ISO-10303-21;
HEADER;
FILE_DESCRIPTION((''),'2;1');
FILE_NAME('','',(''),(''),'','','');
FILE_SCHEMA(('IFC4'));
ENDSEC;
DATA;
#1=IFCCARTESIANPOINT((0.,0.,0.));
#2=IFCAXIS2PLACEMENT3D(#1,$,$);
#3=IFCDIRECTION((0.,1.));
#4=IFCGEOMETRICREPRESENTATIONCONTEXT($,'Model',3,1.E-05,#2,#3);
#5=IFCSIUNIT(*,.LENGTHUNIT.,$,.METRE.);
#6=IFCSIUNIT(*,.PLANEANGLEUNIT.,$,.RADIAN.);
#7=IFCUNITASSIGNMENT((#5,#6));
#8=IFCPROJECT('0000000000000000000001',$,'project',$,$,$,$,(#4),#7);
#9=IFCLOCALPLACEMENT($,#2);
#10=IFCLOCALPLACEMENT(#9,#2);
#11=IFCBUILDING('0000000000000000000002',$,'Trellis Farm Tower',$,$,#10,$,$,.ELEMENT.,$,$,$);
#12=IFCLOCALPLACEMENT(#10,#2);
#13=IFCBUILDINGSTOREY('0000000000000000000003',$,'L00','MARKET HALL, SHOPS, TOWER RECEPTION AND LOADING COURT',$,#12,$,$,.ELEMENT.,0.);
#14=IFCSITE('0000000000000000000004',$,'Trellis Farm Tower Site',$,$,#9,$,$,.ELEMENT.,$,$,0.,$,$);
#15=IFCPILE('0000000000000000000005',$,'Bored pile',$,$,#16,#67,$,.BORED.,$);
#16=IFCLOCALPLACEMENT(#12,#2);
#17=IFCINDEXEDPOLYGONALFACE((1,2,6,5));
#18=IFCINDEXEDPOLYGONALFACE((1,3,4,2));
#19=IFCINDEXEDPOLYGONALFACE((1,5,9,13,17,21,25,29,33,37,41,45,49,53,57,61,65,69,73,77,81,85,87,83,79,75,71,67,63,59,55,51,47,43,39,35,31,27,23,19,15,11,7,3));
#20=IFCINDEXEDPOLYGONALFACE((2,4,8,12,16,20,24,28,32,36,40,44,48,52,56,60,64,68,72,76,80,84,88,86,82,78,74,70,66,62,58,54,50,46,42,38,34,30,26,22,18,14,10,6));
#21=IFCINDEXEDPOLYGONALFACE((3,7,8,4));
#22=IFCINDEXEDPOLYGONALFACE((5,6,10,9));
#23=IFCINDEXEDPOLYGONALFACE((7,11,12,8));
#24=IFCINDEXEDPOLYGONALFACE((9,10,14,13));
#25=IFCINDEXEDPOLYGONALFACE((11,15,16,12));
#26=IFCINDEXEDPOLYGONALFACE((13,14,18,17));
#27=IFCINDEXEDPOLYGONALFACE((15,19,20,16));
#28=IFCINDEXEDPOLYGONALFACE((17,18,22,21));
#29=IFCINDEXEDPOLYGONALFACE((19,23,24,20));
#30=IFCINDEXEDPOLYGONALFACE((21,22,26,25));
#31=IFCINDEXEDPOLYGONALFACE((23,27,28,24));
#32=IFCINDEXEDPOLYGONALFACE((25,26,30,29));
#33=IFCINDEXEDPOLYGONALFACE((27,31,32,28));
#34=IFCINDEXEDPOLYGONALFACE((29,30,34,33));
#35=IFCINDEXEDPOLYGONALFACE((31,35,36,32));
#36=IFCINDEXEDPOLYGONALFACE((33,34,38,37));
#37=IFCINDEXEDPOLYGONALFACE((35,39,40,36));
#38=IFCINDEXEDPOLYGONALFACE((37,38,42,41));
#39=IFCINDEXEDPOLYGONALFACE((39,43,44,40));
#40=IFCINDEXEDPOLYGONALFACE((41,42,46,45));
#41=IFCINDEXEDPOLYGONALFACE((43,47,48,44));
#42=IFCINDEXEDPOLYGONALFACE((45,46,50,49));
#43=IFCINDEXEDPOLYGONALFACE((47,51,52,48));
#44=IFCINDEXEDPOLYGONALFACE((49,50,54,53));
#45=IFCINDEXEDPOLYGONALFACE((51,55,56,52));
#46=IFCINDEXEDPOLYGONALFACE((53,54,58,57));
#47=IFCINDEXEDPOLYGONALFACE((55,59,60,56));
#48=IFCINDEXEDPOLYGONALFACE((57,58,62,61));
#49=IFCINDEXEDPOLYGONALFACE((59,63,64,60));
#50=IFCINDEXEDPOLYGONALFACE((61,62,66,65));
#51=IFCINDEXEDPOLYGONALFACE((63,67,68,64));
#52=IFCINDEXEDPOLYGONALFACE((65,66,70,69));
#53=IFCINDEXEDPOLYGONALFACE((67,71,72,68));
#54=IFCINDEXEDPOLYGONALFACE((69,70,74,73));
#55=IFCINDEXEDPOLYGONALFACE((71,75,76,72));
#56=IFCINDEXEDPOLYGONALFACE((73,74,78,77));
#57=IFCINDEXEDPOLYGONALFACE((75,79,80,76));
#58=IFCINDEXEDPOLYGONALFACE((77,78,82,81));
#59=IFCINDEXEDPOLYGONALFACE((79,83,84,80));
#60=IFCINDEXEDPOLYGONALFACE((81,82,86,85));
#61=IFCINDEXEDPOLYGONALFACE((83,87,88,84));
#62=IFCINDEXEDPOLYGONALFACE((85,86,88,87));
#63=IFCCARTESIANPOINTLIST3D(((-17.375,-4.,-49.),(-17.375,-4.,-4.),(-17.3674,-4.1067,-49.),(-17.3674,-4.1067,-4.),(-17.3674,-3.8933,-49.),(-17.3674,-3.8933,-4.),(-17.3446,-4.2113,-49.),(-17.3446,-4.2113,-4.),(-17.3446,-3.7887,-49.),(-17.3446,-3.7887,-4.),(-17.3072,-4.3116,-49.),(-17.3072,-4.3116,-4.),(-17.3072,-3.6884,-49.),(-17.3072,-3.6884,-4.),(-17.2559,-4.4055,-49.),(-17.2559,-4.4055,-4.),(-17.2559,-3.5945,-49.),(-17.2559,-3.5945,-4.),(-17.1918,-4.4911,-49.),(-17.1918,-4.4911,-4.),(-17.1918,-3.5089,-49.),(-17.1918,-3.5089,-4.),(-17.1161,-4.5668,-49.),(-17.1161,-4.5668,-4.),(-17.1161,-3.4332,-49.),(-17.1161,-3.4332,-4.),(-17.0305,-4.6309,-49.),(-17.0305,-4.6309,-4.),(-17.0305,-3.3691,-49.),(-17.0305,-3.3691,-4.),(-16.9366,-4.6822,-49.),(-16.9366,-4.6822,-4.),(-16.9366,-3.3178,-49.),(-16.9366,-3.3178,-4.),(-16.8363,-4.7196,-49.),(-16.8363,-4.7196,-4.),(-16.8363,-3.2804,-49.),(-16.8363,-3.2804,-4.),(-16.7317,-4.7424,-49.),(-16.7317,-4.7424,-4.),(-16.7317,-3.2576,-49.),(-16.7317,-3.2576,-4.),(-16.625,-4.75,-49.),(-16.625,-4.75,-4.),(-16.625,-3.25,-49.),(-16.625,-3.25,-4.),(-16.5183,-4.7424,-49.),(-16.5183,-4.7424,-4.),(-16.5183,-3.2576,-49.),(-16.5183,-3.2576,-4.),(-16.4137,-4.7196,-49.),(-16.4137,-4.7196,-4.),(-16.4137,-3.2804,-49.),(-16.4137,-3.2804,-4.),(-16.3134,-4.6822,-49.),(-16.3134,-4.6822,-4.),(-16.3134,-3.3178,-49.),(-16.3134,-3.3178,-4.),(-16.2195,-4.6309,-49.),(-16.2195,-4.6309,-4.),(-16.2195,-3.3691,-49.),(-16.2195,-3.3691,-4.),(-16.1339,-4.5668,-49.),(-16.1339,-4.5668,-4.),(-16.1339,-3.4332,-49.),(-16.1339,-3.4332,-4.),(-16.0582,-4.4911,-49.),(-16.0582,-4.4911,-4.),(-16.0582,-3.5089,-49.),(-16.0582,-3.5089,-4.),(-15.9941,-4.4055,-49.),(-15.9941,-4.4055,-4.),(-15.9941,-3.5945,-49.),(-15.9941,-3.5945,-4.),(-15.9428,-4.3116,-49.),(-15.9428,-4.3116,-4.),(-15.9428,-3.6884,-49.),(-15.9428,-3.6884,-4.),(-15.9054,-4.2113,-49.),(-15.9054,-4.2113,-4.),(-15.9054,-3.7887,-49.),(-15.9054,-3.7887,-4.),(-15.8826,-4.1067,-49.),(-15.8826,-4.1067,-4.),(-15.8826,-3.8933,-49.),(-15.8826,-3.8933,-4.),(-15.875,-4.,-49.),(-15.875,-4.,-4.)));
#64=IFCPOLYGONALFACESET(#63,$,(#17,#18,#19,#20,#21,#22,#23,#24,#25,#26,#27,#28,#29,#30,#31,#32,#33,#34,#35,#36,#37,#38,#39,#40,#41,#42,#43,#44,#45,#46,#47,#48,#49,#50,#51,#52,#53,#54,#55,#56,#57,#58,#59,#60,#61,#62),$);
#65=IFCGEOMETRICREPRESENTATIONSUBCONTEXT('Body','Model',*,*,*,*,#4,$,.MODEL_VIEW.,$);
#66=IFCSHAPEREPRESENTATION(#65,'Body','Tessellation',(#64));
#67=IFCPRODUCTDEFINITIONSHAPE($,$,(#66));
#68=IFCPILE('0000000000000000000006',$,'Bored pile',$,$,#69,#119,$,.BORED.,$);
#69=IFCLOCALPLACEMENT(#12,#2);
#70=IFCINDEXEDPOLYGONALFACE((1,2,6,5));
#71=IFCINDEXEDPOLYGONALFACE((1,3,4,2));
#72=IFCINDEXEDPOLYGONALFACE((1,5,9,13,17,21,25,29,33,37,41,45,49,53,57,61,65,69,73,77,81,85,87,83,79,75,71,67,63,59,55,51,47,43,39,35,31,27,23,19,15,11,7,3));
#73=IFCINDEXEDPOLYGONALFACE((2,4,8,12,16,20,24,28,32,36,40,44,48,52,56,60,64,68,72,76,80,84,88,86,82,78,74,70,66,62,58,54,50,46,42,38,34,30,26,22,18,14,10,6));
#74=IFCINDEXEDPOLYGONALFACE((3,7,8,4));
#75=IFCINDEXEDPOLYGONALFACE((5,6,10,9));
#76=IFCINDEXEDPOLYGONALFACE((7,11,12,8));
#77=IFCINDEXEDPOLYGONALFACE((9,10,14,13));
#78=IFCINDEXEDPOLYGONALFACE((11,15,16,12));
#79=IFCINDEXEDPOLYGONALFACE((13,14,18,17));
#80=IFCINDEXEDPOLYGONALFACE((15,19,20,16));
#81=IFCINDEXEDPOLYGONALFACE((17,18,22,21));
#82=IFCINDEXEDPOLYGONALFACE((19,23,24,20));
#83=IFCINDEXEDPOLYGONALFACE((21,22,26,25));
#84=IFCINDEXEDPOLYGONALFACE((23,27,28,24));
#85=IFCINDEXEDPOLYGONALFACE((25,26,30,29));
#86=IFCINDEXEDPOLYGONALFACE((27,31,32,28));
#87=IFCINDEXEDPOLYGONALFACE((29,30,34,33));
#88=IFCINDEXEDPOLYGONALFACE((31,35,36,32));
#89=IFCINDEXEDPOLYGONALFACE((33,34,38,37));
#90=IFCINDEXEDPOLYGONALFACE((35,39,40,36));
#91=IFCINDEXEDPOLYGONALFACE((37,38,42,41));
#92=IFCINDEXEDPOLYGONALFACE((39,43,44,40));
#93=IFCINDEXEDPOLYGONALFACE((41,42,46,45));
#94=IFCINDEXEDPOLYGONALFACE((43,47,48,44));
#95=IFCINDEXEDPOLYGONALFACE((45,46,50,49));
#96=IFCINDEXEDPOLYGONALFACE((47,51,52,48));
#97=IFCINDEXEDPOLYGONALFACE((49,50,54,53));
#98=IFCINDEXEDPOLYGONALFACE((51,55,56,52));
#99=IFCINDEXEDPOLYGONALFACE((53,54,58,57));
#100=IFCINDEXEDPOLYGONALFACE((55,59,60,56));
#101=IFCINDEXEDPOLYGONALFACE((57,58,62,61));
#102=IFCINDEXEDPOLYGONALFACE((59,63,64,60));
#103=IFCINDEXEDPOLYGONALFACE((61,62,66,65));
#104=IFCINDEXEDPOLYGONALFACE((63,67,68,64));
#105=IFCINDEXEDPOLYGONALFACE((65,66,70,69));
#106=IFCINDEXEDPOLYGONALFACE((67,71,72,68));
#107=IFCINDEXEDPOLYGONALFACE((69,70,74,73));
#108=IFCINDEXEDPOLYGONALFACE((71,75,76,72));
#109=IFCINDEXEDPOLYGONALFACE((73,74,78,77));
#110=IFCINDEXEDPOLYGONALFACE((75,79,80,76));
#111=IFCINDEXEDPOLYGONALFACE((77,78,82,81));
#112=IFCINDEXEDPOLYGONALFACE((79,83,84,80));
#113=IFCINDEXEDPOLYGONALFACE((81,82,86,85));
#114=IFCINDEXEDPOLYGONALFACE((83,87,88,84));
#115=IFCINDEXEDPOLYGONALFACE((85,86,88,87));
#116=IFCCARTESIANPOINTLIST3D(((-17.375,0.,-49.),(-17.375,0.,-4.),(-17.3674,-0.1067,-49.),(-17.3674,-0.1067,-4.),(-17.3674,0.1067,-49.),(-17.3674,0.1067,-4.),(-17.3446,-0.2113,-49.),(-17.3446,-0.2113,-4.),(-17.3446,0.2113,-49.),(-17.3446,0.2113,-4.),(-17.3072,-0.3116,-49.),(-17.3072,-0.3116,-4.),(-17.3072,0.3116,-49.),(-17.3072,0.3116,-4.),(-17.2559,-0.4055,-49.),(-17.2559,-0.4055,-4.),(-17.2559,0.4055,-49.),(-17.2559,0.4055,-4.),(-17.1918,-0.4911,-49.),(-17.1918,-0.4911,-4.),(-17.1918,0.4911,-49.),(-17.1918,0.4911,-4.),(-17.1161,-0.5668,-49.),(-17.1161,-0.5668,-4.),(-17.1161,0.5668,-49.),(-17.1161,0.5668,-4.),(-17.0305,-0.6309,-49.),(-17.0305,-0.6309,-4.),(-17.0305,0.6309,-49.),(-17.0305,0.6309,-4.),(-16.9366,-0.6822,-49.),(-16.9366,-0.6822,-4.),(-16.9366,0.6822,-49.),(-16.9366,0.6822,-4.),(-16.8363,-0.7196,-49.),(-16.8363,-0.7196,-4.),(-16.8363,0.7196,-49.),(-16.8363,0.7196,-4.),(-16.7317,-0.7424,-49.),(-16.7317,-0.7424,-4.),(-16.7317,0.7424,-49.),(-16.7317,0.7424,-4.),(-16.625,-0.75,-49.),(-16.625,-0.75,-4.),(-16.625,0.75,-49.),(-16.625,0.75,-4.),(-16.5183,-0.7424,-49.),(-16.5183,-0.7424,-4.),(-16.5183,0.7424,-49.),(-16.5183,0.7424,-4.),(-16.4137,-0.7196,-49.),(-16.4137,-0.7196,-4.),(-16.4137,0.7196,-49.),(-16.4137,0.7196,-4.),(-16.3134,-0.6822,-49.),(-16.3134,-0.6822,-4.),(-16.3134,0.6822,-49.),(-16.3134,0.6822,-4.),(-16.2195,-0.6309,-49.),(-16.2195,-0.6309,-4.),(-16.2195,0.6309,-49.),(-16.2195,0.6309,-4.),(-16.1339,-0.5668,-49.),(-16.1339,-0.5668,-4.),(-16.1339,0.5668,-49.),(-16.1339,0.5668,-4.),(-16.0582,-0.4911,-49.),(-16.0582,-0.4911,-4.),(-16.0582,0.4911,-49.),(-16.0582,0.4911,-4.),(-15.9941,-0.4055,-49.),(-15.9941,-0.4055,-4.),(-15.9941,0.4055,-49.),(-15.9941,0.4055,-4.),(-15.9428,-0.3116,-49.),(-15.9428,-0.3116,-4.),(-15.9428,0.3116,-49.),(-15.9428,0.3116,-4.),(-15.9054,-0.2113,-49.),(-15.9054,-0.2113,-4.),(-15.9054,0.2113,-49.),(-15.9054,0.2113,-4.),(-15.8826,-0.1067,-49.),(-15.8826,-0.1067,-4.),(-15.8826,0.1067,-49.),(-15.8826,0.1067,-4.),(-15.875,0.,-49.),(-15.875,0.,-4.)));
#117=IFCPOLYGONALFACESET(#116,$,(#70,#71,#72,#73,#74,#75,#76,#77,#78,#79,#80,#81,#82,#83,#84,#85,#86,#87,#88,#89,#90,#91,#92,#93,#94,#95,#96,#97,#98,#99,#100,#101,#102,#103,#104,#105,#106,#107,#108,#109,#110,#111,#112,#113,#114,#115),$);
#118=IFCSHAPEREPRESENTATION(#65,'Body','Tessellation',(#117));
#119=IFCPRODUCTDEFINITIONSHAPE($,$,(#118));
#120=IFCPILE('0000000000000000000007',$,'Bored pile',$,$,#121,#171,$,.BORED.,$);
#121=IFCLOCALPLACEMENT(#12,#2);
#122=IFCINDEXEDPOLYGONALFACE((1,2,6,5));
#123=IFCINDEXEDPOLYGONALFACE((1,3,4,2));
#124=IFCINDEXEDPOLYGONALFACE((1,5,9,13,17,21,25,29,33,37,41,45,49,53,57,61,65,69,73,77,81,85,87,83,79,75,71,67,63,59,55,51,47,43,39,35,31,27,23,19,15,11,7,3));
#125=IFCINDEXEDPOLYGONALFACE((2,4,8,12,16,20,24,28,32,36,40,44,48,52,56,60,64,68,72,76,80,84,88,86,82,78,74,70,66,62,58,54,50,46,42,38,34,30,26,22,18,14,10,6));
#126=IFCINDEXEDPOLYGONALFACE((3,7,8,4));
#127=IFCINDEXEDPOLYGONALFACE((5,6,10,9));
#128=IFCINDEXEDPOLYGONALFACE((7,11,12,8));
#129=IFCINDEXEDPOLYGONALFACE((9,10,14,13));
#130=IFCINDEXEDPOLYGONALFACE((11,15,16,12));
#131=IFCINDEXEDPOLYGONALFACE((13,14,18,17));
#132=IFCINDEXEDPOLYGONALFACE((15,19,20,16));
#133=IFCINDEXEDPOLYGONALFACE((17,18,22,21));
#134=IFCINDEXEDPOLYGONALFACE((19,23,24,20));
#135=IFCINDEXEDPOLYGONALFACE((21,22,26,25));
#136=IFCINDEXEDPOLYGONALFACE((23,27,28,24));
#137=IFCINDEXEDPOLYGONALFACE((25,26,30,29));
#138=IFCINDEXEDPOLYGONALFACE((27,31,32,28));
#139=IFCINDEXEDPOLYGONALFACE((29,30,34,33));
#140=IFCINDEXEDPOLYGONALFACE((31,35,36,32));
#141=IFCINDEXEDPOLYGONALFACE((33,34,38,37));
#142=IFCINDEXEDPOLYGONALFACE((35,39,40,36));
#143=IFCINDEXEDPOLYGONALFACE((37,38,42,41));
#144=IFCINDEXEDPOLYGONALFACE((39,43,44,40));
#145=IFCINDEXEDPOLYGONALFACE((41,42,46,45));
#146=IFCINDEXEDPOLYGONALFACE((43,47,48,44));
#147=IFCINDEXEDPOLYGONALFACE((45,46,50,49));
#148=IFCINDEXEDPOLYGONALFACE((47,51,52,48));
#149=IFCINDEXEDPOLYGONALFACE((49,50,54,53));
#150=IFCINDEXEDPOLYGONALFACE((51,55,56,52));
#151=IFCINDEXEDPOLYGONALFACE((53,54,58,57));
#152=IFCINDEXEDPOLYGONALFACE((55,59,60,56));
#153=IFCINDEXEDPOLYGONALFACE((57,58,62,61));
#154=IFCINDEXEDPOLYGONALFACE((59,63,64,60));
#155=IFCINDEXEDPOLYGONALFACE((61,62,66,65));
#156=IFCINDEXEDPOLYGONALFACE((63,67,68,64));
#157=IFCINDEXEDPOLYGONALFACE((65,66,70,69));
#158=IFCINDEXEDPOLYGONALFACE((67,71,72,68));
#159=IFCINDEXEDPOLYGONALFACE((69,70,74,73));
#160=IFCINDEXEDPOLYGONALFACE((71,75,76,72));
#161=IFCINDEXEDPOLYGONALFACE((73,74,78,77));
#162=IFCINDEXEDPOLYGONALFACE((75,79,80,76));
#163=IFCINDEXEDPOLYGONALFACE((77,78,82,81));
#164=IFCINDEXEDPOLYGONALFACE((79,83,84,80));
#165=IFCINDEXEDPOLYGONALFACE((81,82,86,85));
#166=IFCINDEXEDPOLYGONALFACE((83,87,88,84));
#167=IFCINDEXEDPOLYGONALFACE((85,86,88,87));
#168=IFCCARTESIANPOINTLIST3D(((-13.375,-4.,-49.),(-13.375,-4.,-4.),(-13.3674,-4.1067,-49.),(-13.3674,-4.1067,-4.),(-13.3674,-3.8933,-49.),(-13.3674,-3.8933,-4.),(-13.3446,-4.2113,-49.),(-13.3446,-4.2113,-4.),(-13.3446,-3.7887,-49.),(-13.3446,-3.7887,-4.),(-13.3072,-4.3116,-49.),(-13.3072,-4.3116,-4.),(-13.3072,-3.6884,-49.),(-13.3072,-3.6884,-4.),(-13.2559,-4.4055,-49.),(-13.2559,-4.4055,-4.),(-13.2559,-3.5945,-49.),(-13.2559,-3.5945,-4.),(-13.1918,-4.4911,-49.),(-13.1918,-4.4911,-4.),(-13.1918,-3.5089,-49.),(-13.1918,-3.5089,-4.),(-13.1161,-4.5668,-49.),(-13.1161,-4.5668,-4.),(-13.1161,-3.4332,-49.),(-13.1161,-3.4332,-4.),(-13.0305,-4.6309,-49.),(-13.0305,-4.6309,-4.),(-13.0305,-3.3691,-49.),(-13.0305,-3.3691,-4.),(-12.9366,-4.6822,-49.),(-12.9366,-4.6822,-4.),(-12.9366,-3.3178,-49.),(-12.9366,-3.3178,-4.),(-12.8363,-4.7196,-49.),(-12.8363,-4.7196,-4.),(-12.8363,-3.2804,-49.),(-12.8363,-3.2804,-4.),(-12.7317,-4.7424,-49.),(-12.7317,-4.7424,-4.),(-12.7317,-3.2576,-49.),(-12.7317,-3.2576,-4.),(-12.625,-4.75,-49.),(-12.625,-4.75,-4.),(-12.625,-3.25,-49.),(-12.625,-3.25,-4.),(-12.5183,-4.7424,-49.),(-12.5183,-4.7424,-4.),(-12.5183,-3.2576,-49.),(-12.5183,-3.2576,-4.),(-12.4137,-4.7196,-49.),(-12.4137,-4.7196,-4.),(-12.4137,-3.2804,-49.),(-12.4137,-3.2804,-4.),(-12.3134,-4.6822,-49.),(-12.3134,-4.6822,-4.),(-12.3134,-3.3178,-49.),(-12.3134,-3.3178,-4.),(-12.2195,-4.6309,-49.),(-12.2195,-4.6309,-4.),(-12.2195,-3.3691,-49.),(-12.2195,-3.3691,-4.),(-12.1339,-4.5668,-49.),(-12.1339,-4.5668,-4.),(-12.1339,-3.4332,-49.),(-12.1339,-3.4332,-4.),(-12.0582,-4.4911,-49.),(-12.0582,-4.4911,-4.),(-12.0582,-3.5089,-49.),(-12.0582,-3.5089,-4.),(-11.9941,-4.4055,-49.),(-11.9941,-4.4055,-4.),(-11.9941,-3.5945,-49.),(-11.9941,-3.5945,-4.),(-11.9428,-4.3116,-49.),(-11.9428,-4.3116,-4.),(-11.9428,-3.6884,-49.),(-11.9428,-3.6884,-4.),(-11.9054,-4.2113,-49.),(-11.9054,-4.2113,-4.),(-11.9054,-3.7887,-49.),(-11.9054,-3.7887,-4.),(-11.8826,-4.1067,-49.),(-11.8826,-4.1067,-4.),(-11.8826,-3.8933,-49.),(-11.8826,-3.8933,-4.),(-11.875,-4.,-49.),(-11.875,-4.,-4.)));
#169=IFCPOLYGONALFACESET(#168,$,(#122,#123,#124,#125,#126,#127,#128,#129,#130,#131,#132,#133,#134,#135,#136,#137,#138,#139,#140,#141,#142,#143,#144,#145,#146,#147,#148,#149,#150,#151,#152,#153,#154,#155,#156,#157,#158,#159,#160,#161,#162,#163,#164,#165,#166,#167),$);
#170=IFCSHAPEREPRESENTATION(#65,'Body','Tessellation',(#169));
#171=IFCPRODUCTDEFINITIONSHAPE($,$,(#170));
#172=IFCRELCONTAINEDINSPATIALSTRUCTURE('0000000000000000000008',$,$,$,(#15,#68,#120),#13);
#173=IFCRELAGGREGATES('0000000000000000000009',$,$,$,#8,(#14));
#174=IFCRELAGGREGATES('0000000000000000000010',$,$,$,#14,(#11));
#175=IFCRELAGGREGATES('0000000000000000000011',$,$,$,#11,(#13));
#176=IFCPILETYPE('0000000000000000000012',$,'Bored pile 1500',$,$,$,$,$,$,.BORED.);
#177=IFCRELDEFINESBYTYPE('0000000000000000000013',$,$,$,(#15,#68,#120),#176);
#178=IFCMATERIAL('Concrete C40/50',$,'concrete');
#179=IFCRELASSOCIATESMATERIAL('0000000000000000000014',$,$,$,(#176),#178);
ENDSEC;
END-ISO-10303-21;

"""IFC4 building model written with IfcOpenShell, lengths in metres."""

from ifc_helpers import new_model, si_unit, direction, frame, origin, origin_2d, place, context, subcontext, project, spatial, circle, extrude, source, transform, mapped, material, material_profile, profile_set, type_object, element, save


model = new_model("IFC4")

# Units and contexts
model_context = context("Model", 3, precision=1e-05, world=origin(), true_north=direction((0.0, 1.0)))
body_context = subcontext(model_context, "Body", "Model", "MODEL_VIEW")
ifc_project = project(units=[si_unit("LENGTHUNIT", "METRE"), si_unit("PLANEANGLEUNIT", "RADIAN")], contexts=[model_context])

# Site, building, storey
site_placement = place(None, origin())
site = spatial("IfcSite", under=ifc_project, at=site_placement, Name="Trellis Farm Tower Site", CompositionType="ELEMENT", RefElevation=0.0)
building_placement = place(site_placement, origin())
building = spatial("IfcBuilding", under=site, at=building_placement, Name="Trellis Farm Tower", CompositionType="ELEMENT")
storey_placement = place(building_placement, origin())
storey = spatial("IfcBuildingStorey", under=building, at=storey_placement, Name="L00", Description="MARKET HALL, SHOPS, TOWER RECEPTION AND LOADING COURT", CompositionType="ELEMENT", Elevation=0.0)

# Piles
ifc_material_1 = material(Name="Concrete C40/50", Category="concrete")
ifc_material_profile_1 = material_profile(ifc_material_1, circle(Radius=0.75, at=origin_2d()), Name="Bored pile 1500")
ifc_profile_set_1 = profile_set([ifc_material_profile_1], Name="Concrete C40/50")
pile_type = type_object("IfcPileType", Name="Bored pile 1500", PredefinedType="BORED", material=ifc_profile_set_1)
shared_shape_1 = source(origin(), body_context, "Body", "SweptSolid", [
    extrude(circle(Radius=0.75, at=origin_2d()), origin(), (0.0, 0.0, 1.0), 45.0),
])
for number, where, z_axis, x_axis, name in (
    (1, (-16.625, -4.0, -4.0), (0.0, 0.0, -1.0), (1.0, 0.0, 0.0), "Bored pile"),
    (2, (-16.625, 0.0, -4.0), (0.0, 0.0, -1.0), (1.0, 0.0, 0.0), "Bored pile"),
    (3, (-12.625, -4.0, -4.0), (0.0, 0.0, -1.0), (1.0, 0.0, 0.0), "Bored pile"),
):
    element("IfcPile", number, at=place(storey_placement, frame(where, z_axis=z_axis, x_axis=x_axis)), inside=storey, type_object=pile_type, Name=name, PredefinedType="BORED", context=body_context, shape_type="MappedRepresentation", body=[
        mapped(shared_shape_1, transform((0.0, 0.0, 0.0))),
    ])

save(model, "model.ifc")
